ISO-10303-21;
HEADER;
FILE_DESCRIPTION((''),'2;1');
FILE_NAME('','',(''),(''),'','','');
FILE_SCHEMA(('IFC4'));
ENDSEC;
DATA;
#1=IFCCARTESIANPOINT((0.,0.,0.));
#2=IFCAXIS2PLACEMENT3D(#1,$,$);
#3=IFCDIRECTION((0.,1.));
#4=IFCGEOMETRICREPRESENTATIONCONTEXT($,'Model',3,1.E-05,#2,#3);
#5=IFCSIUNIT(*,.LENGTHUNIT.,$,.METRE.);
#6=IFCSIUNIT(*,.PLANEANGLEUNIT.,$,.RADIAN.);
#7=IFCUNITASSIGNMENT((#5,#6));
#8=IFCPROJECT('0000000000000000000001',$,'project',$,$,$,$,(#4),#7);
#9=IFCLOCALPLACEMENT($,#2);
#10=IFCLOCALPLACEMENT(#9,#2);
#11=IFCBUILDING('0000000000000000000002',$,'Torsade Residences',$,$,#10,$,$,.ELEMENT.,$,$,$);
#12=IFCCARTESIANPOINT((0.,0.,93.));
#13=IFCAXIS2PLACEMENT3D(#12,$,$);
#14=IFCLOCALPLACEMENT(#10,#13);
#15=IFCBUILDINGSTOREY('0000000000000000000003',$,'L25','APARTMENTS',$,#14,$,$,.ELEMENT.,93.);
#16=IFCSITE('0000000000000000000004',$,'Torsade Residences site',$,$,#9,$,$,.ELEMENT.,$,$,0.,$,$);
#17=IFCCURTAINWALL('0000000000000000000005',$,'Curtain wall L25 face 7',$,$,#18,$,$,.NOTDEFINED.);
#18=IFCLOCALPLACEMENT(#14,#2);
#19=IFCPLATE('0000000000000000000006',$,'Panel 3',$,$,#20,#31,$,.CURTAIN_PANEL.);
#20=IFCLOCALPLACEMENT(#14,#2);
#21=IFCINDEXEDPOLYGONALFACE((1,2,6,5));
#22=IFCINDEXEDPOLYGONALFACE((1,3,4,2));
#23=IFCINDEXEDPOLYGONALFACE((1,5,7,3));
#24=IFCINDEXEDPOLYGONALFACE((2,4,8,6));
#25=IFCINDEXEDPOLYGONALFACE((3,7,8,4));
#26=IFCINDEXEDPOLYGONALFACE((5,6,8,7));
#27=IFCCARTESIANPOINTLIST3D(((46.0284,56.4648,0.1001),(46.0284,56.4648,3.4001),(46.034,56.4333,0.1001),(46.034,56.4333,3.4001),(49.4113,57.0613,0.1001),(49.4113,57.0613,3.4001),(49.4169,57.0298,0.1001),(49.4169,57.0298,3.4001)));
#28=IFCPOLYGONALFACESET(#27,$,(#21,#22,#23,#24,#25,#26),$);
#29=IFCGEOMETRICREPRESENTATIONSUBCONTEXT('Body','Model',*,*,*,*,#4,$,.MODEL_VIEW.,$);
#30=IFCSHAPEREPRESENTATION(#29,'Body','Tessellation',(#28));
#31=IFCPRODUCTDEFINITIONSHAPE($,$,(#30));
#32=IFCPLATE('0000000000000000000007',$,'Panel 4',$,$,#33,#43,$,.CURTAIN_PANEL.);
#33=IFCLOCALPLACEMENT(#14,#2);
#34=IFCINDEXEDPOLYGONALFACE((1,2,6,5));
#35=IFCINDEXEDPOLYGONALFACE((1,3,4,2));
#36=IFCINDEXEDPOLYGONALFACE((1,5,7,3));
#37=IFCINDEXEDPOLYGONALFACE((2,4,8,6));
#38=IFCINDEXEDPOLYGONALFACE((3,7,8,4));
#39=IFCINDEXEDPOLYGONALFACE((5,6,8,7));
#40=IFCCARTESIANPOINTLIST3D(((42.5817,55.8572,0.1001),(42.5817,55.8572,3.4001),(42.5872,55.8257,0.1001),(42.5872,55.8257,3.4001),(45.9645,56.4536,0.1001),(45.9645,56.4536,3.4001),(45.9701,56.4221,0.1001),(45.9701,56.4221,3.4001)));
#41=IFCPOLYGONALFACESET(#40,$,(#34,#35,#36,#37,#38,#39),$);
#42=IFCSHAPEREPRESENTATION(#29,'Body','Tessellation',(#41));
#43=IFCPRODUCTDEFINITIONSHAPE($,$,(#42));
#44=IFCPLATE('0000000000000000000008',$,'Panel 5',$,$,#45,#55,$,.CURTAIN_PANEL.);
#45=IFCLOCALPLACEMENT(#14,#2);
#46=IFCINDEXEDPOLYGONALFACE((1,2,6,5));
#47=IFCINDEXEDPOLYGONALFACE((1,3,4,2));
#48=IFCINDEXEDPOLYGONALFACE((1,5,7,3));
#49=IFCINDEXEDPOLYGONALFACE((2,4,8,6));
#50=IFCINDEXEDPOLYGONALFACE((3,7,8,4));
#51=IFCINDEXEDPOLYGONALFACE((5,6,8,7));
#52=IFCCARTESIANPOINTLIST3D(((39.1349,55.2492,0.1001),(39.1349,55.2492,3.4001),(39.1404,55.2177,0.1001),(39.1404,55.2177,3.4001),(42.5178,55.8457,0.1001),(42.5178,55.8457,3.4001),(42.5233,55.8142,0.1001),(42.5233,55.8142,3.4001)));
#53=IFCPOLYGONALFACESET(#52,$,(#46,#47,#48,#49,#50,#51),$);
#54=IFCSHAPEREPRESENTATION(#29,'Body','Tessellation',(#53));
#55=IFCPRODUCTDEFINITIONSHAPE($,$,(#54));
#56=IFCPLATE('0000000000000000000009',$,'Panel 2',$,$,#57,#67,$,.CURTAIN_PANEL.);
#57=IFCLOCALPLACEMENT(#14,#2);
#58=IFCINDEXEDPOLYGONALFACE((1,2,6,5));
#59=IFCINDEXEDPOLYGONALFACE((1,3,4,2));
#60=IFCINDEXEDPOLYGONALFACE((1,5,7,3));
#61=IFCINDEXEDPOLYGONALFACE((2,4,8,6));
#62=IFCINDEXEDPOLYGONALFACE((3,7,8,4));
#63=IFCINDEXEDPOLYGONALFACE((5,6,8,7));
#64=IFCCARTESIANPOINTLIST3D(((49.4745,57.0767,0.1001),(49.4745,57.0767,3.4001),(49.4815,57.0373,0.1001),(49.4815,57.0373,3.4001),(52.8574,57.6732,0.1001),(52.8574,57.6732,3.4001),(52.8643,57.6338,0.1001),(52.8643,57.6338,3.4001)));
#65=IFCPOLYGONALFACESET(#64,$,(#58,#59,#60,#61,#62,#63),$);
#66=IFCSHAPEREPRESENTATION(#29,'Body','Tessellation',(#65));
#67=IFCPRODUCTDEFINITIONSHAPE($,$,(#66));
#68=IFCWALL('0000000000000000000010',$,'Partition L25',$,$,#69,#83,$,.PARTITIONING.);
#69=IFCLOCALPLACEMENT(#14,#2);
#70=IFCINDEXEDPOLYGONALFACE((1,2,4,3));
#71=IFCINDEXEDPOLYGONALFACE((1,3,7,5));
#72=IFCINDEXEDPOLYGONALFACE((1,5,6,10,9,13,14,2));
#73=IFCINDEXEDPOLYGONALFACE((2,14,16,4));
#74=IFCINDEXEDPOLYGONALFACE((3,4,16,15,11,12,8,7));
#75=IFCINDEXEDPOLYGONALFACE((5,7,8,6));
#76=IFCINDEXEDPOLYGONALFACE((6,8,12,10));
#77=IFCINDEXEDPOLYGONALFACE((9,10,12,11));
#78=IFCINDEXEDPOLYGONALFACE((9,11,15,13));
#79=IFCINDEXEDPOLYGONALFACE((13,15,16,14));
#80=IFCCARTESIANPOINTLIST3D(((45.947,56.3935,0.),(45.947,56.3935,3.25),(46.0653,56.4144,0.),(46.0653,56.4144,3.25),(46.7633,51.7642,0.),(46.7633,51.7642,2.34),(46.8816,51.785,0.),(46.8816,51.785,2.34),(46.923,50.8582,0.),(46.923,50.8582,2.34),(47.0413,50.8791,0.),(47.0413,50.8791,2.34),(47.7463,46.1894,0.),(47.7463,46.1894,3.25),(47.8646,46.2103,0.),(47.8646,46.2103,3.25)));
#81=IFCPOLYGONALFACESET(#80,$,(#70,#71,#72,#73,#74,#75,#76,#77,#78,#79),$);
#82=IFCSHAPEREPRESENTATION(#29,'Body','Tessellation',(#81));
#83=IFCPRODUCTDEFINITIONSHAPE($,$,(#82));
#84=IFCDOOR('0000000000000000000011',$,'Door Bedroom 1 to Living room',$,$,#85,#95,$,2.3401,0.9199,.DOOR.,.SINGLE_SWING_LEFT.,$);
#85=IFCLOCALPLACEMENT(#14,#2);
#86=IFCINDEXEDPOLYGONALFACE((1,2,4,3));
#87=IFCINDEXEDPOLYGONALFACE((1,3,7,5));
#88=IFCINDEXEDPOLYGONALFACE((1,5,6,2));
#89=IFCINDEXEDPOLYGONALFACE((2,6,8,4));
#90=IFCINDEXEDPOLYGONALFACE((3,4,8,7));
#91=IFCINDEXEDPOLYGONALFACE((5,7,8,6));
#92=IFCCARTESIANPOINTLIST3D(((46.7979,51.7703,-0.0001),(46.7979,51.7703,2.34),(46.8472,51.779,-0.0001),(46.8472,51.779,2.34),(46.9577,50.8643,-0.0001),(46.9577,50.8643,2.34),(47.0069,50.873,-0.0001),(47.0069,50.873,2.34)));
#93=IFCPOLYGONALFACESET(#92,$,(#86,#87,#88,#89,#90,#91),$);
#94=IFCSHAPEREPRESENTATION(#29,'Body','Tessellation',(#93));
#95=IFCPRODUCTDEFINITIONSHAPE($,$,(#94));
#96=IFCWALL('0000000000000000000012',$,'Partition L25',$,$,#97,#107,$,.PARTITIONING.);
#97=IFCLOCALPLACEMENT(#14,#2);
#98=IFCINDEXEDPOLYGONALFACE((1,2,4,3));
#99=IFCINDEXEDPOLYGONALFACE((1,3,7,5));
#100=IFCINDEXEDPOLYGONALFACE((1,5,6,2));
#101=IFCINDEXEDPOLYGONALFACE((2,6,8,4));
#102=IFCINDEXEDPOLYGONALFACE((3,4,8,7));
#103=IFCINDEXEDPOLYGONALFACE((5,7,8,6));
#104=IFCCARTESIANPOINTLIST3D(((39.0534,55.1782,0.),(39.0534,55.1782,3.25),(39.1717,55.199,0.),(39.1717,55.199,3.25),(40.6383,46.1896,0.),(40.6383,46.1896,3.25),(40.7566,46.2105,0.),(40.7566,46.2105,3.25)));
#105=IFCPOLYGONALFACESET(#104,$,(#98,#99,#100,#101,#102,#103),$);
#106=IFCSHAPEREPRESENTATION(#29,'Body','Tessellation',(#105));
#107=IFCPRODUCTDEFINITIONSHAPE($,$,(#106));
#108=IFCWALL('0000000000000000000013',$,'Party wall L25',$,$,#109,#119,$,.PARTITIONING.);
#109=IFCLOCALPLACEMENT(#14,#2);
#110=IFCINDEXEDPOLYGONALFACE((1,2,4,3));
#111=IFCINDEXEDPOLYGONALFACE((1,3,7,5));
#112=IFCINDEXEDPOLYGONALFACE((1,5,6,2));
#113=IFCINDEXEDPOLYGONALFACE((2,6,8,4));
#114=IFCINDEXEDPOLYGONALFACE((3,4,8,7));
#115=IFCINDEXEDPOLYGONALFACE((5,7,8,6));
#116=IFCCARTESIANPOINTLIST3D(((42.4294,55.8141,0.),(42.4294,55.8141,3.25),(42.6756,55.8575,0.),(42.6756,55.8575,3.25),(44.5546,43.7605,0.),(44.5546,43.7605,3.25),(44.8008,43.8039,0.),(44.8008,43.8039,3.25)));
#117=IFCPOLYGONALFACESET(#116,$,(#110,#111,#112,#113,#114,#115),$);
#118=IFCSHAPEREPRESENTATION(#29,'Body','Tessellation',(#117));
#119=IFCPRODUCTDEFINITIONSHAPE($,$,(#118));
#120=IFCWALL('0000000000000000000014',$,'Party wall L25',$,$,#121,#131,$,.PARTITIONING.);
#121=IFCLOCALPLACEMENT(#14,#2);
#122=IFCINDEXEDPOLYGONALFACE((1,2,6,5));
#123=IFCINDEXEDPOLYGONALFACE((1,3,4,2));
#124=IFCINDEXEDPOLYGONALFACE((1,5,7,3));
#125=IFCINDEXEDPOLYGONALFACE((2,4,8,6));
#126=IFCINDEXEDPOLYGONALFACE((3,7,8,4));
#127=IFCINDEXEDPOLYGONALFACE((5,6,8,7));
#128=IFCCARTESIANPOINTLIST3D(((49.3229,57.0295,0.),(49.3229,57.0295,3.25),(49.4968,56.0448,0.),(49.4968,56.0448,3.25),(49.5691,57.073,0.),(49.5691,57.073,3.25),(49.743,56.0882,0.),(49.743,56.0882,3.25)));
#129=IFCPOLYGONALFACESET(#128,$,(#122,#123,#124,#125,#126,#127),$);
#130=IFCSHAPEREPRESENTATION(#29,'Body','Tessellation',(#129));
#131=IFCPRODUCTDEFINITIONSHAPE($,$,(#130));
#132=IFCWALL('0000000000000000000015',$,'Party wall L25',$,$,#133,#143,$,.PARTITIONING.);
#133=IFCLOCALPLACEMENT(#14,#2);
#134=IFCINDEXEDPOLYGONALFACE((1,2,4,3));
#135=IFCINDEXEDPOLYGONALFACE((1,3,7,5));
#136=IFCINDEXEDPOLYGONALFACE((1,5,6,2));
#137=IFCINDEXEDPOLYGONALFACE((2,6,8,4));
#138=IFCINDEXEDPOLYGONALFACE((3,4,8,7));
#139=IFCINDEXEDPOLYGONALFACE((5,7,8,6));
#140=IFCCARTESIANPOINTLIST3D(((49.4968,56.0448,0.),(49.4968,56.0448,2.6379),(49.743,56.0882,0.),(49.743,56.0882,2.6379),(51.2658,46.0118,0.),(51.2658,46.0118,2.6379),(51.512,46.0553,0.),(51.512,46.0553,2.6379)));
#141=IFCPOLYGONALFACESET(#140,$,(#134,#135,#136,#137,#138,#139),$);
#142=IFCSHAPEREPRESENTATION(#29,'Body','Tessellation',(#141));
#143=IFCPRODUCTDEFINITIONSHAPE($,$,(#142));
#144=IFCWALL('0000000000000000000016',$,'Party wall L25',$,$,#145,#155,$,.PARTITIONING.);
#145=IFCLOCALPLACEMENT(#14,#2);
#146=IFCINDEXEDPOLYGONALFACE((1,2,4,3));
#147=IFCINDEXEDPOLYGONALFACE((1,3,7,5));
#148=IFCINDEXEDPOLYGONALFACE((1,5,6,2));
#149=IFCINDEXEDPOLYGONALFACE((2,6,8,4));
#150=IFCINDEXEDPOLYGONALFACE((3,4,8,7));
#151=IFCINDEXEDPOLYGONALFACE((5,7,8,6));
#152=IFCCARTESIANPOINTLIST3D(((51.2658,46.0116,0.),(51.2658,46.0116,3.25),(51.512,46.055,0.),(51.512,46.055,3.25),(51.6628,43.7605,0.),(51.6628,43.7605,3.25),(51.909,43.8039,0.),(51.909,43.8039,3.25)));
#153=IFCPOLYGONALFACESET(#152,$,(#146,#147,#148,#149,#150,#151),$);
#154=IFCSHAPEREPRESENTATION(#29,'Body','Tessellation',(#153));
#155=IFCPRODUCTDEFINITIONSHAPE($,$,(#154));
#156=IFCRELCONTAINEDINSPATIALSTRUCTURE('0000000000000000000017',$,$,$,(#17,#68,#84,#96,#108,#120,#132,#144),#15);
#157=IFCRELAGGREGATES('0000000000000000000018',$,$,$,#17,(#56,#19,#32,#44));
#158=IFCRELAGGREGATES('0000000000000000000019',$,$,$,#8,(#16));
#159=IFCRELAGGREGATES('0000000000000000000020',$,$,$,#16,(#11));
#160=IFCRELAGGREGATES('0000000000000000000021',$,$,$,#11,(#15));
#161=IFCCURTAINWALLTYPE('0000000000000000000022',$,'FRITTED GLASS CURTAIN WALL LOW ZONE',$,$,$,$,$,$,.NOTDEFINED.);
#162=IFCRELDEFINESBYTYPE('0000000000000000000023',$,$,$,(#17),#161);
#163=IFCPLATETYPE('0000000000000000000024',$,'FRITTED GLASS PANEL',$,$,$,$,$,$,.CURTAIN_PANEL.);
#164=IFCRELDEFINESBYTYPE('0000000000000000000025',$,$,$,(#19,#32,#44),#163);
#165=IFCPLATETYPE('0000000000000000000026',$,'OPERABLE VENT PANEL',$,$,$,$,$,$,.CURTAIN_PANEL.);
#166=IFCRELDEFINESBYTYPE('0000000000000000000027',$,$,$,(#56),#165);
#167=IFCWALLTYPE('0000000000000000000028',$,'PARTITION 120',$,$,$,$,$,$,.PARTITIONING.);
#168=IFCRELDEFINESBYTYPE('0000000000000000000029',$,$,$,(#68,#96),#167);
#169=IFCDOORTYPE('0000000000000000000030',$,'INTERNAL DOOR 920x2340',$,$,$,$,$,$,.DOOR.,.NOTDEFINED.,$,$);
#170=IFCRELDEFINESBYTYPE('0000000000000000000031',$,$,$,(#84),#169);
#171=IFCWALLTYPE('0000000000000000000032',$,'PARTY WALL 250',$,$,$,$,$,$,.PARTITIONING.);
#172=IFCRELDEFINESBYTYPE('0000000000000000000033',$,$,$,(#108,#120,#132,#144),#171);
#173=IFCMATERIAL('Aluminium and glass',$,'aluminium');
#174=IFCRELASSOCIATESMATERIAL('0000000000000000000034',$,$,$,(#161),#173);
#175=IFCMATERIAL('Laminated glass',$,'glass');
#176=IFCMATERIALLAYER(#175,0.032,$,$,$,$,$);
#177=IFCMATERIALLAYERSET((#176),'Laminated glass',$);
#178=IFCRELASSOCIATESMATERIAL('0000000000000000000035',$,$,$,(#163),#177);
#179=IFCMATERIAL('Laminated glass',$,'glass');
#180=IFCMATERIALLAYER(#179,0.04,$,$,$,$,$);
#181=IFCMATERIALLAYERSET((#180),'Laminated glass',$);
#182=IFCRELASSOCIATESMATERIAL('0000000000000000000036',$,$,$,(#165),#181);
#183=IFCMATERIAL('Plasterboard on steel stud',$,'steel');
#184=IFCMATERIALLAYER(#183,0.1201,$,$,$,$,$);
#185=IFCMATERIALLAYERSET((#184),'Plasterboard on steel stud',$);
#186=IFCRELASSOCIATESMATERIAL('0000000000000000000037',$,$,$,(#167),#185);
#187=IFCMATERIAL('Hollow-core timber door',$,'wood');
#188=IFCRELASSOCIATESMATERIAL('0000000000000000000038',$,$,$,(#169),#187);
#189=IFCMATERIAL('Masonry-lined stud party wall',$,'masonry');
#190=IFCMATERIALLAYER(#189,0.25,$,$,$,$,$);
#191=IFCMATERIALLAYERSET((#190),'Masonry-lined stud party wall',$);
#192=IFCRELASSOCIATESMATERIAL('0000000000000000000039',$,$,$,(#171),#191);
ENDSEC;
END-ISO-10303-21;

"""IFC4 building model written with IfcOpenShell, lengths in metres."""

from ifc_helpers import new_model, si_unit, direction, frame, frame_2d, origin, origin_2d, place, context, subcontext, project, spatial, rectangle, extrude, material, layer, layer_set, type_object, element, fill, aggregate, save


model = new_model("IFC4")

# Units and contexts
model_context = context("Model", 3, precision=1e-05, world=origin(), true_north=direction((0.0, 1.0)))
body_context = subcontext(model_context, "Body", "Model", "MODEL_VIEW")
ifc_project = project(units=[si_unit("LENGTHUNIT", "METRE"), si_unit("PLANEANGLEUNIT", "RADIAN")], contexts=[model_context])

# Site, building, storey
site_placement = place(None, origin())
site = spatial("IfcSite", under=ifc_project, at=site_placement, Name="Torsade Residences site", CompositionType="ELEMENT", RefElevation=0.0)
building_placement = place(site_placement, origin())
building = spatial("IfcBuilding", under=site, at=building_placement, Name="Torsade Residences", CompositionType="ELEMENT")
storey_placement = place(building_placement, frame((0.0, 0.0, 93.0)))
storey = spatial("IfcBuildingStorey", under=building, at=storey_placement, Name="L25", Description="APARTMENTS", CompositionType="ELEMENT", Elevation=93.0)

# Curtain wall
ifc_material_1 = material(Name="Aluminium and glass", Category="aluminium")
curtain_wall_type = type_object("IfcCurtainWallType", Name="FRITTED GLASS CURTAIN WALL LOW ZONE", PredefinedType="NOTDEFINED", material=ifc_material_1)
curtain_wall_placement = place(storey_placement, origin())
curtain_wall = element("IfcCurtainWall", 1, at=curtain_wall_placement, inside=storey, type_object=curtain_wall_type, Name="Curtain wall L25 face 7", PredefinedType="NOTDEFINED")

# Plates
ifc_material_2 = material(Name="Laminated glass", Category="glass")
ifc_layer_1 = layer(ifc_material_2, 0.032)
ifc_layer_set_1 = layer_set([ifc_layer_1], Name="Laminated glass")
plate_type_1 = type_object("IfcPlateType", Name="FRITTED GLASS PANEL", PredefinedType="CURTAIN_PANEL", material=ifc_layer_set_1)
plate_1_placement = place(storey_placement, frame((47.7227, 56.7473, 0.1001), z_axis=(0.0, 0.0, 1.0), x_axis=(-0.984808, -0.173648, 0.0)))
plate_1 = element("IfcPlate", 2, at=plate_1_placement, type_object=plate_type_1, Name="Panel 3", PredefinedType="CURTAIN_PANEL", context=body_context, shape_type="SweptSolid", body=[
    extrude(rectangle(XDim=3.4351, YDim=0.032, at=origin_2d()), origin(), (0.0, 0.0, 1.0), 3.3),
])
plate_2_placement = place(storey_placement, frame((44.2759, 56.1396, 0.1001), z_axis=(0.0, 0.0, 1.0), x_axis=(-0.984808, -0.173648, 0.0)))
plate_2 = element("IfcPlate", 3, at=plate_2_placement, type_object=plate_type_1, Name="Panel 4", PredefinedType="CURTAIN_PANEL", context=body_context, shape_type="SweptSolid", body=[
    extrude(rectangle(XDim=3.4351, YDim=0.032, at=origin_2d()), origin(), (0.0, 0.0, 1.0), 3.3),
])
plate_3_placement = place(storey_placement, frame((40.8291, 55.5317, 0.1001), z_axis=(0.0, 0.0, 1.0), x_axis=(-0.984808, -0.173648, 0.0)))
plate_3 = element("IfcPlate", 4, at=plate_3_placement, type_object=plate_type_1, Name="Panel 5", PredefinedType="CURTAIN_PANEL", context=body_context, shape_type="SweptSolid", body=[
    extrude(rectangle(XDim=3.4351, YDim=0.032, at=origin_2d()), origin(), (0.0, 0.0, 1.0), 3.3),
])
ifc_material_3 = material(Name="Laminated glass", Category="glass")
ifc_layer_2 = layer(ifc_material_3, 0.04)
ifc_layer_set_2 = layer_set([ifc_layer_2], Name="Laminated glass")
plate_type_2 = type_object("IfcPlateType", Name="OPERABLE VENT PANEL", PredefinedType="CURTAIN_PANEL", material=ifc_layer_set_2)
plate_4_placement = place(storey_placement, frame((51.1694, 57.3552, 0.1001), z_axis=(0.0, 0.0, 1.0), x_axis=(-0.984808, -0.173648, 0.0)))
plate_4 = element("IfcPlate", 5, at=plate_4_placement, type_object=plate_type_2, Name="Panel 2", PredefinedType="CURTAIN_PANEL", context=body_context, shape_type="SweptSolid", body=[
    extrude(rectangle(XDim=3.4351, YDim=0.04, at=origin_2d()), origin(), (0.0, 0.0, 1.0), 3.3),
])
aggregate(curtain_wall, [plate_4, plate_1, plate_2, plate_3])

# Wall, opening, door
ifc_material_4 = material(Name="Plasterboard on steel stud", Category="steel")
ifc_layer_3 = layer(ifc_material_4, 0.1201)
ifc_layer_set_3 = layer_set([ifc_layer_3], Name="Plasterboard on steel stud")
wall_type_1 = type_object("IfcWallType", Name="PARTITION 120", PredefinedType="PARTITIONING", material=ifc_layer_set_3)
wall_1_placement = place(storey_placement, frame((47.8054, 46.2, 0.0), z_axis=(0.0, 0.0, 1.0), x_axis=(-0.173654, 0.984807, 0.0)))
wall_1 = element("IfcWall", 6, at=wall_1_placement, inside=storey, type_object=wall_type_1, Name="Partition L25", PredefinedType="PARTITIONING", context=body_context, shape_type="SweptSolid", body=[
    extrude(rectangle(XDim=10.3616, YDim=0.1201, at=frame_2d((5.1807, 0.0))), origin(), (0.0, 0.0, 1.0), 3.25),
])
opening_placement = place(wall_1_placement, frame((4.7407, 0.0, 0.0)))
opening = element("IfcOpeningElement", 7, at=opening_placement, cuts=wall_1, PredefinedType="OPENING", context=body_context, shape_type="SweptSolid", body=[
    extrude(rectangle(XDim=0.9199, YDim=2.3401, at=frame_2d((0.46, 1.1699))), frame((0.0, 0.0701, 0.0), z_axis=(0.0, -1.0, 0.0), x_axis=(1.0, 0.0, 0.0)), (0.0, 0.0, 1.0), 0.1401),
])
ifc_material_5 = material(Name="Hollow-core timber door", Category="wood")
door_type = type_object("IfcDoorType", Name="INTERNAL DOOR 920x2340", OperationType="NOTDEFINED", PredefinedType="DOOR", material=ifc_material_5)
door_placement = place(opening_placement, origin())
door = element("IfcDoor", 8, at=door_placement, inside=storey, type_object=door_type, Name="Door Bedroom 1 to Living room", OperationType="SINGLE_SWING_LEFT", OverallHeight=2.3401, OverallWidth=0.9199, PredefinedType="DOOR", context=body_context, shape_type="SweptSolid", body=[
    extrude(rectangle(XDim=0.9199, YDim=2.3401, at=frame_2d((0.46, 1.1699))), frame((0.0, 0.0249, 0.0), z_axis=(0.0, -1.0, 0.0), x_axis=(1.0, 0.0, 0.0)), (0.0, 0.0, 1.0), 0.05),
])
fill(opening, door)

# Walls
wall_2_placement = place(storey_placement, frame((39.1125, 55.1885, 0.0), z_axis=(0.0, 0.0, 1.0), x_axis=(0.173653, -0.984807, 0.0)))
element("IfcWall", 9, at=wall_2_placement, inside=storey, type_object=wall_type_1, Name="Partition L25", PredefinedType="PARTITIONING", context=body_context, shape_type="SweptSolid", body=[
    extrude(rectangle(XDim=9.1272, YDim=0.1201, at=frame_2d((4.5635, 0.0))), origin(), (0.0, 0.0, 1.0), 3.25),
])
ifc_material_6 = material(Name="Masonry-lined stud party wall", Category="masonry")
ifc_layer_4 = layer(ifc_material_6, 0.25)
ifc_layer_set_4 = layer_set([ifc_layer_4], Name="Masonry-lined stud party wall")
wall_type_2 = type_object("IfcWallType", Name="PARTY WALL 250", PredefinedType="PARTITIONING", material=ifc_layer_set_4)
wall_3_placement = place(storey_placement, frame((42.5525, 55.8357, 0.0), z_axis=(0.0, 0.0, 1.0), x_axis=(0.17364, -0.984809, 0.0)))
element("IfcWall", 10, at=wall_3_placement, inside=storey, type_object=wall_type_2, Name="Party wall L25", PredefinedType="PARTITIONING", context=body_context, shape_type="SweptSolid", body=[
    extrude(rectangle(XDim=12.2395, YDim=0.25, at=frame_2d((6.1196, 0.0))), origin(), (0.0, 0.0, 1.0), 3.25),
])
wall_4_placement = place(storey_placement, frame((49.446, 57.0513, 0.0), z_axis=(0.0, 0.0, 1.0), x_axis=(0.173813, -0.984779, 0.0)))
element("IfcWall", 11, at=wall_4_placement, inside=storey, type_object=wall_type_2, Name="Party wall L25", PredefinedType="PARTITIONING", context=body_context, shape_type="SweptSolid", body=[
    extrude(rectangle(XDim=1.0, YDim=0.25, at=frame_2d((0.5, 0.0))), origin(), (0.0, 0.0, 1.0), 3.25),
])
wall_5_placement = place(storey_placement, frame((49.6199, 56.0664, 0.0), z_axis=(0.0, 0.0, 1.0), x_axis=(0.173645, -0.984808, 0.0)))
element("IfcWall", 12, at=wall_5_placement, inside=storey, type_object=wall_type_2, Name="Party wall L25", PredefinedType="PARTITIONING", context=body_context, shape_type="SweptSolid", body=[
    extrude(rectangle(XDim=10.1877, YDim=0.25, at=frame_2d((5.0938, 0.0))), origin(), (0.0, 0.0, 1.0), 2.6379),
])
wall_6_placement = place(storey_placement, frame((51.3889, 46.0334, 0.0), z_axis=(0.0, 0.0, 1.0), x_axis=(0.173657, -0.984806, 0.0)))
element("IfcWall", 13, at=wall_6_placement, inside=storey, type_object=wall_type_2, Name="Party wall L25", PredefinedType="PARTITIONING", context=body_context, shape_type="SweptSolid", body=[
    extrude(rectangle(XDim=2.2859, YDim=0.25, at=frame_2d((1.1431, 0.0))), origin(), (0.0, 0.0, 1.0), 3.25),
])

save(model, "model.ifc")
